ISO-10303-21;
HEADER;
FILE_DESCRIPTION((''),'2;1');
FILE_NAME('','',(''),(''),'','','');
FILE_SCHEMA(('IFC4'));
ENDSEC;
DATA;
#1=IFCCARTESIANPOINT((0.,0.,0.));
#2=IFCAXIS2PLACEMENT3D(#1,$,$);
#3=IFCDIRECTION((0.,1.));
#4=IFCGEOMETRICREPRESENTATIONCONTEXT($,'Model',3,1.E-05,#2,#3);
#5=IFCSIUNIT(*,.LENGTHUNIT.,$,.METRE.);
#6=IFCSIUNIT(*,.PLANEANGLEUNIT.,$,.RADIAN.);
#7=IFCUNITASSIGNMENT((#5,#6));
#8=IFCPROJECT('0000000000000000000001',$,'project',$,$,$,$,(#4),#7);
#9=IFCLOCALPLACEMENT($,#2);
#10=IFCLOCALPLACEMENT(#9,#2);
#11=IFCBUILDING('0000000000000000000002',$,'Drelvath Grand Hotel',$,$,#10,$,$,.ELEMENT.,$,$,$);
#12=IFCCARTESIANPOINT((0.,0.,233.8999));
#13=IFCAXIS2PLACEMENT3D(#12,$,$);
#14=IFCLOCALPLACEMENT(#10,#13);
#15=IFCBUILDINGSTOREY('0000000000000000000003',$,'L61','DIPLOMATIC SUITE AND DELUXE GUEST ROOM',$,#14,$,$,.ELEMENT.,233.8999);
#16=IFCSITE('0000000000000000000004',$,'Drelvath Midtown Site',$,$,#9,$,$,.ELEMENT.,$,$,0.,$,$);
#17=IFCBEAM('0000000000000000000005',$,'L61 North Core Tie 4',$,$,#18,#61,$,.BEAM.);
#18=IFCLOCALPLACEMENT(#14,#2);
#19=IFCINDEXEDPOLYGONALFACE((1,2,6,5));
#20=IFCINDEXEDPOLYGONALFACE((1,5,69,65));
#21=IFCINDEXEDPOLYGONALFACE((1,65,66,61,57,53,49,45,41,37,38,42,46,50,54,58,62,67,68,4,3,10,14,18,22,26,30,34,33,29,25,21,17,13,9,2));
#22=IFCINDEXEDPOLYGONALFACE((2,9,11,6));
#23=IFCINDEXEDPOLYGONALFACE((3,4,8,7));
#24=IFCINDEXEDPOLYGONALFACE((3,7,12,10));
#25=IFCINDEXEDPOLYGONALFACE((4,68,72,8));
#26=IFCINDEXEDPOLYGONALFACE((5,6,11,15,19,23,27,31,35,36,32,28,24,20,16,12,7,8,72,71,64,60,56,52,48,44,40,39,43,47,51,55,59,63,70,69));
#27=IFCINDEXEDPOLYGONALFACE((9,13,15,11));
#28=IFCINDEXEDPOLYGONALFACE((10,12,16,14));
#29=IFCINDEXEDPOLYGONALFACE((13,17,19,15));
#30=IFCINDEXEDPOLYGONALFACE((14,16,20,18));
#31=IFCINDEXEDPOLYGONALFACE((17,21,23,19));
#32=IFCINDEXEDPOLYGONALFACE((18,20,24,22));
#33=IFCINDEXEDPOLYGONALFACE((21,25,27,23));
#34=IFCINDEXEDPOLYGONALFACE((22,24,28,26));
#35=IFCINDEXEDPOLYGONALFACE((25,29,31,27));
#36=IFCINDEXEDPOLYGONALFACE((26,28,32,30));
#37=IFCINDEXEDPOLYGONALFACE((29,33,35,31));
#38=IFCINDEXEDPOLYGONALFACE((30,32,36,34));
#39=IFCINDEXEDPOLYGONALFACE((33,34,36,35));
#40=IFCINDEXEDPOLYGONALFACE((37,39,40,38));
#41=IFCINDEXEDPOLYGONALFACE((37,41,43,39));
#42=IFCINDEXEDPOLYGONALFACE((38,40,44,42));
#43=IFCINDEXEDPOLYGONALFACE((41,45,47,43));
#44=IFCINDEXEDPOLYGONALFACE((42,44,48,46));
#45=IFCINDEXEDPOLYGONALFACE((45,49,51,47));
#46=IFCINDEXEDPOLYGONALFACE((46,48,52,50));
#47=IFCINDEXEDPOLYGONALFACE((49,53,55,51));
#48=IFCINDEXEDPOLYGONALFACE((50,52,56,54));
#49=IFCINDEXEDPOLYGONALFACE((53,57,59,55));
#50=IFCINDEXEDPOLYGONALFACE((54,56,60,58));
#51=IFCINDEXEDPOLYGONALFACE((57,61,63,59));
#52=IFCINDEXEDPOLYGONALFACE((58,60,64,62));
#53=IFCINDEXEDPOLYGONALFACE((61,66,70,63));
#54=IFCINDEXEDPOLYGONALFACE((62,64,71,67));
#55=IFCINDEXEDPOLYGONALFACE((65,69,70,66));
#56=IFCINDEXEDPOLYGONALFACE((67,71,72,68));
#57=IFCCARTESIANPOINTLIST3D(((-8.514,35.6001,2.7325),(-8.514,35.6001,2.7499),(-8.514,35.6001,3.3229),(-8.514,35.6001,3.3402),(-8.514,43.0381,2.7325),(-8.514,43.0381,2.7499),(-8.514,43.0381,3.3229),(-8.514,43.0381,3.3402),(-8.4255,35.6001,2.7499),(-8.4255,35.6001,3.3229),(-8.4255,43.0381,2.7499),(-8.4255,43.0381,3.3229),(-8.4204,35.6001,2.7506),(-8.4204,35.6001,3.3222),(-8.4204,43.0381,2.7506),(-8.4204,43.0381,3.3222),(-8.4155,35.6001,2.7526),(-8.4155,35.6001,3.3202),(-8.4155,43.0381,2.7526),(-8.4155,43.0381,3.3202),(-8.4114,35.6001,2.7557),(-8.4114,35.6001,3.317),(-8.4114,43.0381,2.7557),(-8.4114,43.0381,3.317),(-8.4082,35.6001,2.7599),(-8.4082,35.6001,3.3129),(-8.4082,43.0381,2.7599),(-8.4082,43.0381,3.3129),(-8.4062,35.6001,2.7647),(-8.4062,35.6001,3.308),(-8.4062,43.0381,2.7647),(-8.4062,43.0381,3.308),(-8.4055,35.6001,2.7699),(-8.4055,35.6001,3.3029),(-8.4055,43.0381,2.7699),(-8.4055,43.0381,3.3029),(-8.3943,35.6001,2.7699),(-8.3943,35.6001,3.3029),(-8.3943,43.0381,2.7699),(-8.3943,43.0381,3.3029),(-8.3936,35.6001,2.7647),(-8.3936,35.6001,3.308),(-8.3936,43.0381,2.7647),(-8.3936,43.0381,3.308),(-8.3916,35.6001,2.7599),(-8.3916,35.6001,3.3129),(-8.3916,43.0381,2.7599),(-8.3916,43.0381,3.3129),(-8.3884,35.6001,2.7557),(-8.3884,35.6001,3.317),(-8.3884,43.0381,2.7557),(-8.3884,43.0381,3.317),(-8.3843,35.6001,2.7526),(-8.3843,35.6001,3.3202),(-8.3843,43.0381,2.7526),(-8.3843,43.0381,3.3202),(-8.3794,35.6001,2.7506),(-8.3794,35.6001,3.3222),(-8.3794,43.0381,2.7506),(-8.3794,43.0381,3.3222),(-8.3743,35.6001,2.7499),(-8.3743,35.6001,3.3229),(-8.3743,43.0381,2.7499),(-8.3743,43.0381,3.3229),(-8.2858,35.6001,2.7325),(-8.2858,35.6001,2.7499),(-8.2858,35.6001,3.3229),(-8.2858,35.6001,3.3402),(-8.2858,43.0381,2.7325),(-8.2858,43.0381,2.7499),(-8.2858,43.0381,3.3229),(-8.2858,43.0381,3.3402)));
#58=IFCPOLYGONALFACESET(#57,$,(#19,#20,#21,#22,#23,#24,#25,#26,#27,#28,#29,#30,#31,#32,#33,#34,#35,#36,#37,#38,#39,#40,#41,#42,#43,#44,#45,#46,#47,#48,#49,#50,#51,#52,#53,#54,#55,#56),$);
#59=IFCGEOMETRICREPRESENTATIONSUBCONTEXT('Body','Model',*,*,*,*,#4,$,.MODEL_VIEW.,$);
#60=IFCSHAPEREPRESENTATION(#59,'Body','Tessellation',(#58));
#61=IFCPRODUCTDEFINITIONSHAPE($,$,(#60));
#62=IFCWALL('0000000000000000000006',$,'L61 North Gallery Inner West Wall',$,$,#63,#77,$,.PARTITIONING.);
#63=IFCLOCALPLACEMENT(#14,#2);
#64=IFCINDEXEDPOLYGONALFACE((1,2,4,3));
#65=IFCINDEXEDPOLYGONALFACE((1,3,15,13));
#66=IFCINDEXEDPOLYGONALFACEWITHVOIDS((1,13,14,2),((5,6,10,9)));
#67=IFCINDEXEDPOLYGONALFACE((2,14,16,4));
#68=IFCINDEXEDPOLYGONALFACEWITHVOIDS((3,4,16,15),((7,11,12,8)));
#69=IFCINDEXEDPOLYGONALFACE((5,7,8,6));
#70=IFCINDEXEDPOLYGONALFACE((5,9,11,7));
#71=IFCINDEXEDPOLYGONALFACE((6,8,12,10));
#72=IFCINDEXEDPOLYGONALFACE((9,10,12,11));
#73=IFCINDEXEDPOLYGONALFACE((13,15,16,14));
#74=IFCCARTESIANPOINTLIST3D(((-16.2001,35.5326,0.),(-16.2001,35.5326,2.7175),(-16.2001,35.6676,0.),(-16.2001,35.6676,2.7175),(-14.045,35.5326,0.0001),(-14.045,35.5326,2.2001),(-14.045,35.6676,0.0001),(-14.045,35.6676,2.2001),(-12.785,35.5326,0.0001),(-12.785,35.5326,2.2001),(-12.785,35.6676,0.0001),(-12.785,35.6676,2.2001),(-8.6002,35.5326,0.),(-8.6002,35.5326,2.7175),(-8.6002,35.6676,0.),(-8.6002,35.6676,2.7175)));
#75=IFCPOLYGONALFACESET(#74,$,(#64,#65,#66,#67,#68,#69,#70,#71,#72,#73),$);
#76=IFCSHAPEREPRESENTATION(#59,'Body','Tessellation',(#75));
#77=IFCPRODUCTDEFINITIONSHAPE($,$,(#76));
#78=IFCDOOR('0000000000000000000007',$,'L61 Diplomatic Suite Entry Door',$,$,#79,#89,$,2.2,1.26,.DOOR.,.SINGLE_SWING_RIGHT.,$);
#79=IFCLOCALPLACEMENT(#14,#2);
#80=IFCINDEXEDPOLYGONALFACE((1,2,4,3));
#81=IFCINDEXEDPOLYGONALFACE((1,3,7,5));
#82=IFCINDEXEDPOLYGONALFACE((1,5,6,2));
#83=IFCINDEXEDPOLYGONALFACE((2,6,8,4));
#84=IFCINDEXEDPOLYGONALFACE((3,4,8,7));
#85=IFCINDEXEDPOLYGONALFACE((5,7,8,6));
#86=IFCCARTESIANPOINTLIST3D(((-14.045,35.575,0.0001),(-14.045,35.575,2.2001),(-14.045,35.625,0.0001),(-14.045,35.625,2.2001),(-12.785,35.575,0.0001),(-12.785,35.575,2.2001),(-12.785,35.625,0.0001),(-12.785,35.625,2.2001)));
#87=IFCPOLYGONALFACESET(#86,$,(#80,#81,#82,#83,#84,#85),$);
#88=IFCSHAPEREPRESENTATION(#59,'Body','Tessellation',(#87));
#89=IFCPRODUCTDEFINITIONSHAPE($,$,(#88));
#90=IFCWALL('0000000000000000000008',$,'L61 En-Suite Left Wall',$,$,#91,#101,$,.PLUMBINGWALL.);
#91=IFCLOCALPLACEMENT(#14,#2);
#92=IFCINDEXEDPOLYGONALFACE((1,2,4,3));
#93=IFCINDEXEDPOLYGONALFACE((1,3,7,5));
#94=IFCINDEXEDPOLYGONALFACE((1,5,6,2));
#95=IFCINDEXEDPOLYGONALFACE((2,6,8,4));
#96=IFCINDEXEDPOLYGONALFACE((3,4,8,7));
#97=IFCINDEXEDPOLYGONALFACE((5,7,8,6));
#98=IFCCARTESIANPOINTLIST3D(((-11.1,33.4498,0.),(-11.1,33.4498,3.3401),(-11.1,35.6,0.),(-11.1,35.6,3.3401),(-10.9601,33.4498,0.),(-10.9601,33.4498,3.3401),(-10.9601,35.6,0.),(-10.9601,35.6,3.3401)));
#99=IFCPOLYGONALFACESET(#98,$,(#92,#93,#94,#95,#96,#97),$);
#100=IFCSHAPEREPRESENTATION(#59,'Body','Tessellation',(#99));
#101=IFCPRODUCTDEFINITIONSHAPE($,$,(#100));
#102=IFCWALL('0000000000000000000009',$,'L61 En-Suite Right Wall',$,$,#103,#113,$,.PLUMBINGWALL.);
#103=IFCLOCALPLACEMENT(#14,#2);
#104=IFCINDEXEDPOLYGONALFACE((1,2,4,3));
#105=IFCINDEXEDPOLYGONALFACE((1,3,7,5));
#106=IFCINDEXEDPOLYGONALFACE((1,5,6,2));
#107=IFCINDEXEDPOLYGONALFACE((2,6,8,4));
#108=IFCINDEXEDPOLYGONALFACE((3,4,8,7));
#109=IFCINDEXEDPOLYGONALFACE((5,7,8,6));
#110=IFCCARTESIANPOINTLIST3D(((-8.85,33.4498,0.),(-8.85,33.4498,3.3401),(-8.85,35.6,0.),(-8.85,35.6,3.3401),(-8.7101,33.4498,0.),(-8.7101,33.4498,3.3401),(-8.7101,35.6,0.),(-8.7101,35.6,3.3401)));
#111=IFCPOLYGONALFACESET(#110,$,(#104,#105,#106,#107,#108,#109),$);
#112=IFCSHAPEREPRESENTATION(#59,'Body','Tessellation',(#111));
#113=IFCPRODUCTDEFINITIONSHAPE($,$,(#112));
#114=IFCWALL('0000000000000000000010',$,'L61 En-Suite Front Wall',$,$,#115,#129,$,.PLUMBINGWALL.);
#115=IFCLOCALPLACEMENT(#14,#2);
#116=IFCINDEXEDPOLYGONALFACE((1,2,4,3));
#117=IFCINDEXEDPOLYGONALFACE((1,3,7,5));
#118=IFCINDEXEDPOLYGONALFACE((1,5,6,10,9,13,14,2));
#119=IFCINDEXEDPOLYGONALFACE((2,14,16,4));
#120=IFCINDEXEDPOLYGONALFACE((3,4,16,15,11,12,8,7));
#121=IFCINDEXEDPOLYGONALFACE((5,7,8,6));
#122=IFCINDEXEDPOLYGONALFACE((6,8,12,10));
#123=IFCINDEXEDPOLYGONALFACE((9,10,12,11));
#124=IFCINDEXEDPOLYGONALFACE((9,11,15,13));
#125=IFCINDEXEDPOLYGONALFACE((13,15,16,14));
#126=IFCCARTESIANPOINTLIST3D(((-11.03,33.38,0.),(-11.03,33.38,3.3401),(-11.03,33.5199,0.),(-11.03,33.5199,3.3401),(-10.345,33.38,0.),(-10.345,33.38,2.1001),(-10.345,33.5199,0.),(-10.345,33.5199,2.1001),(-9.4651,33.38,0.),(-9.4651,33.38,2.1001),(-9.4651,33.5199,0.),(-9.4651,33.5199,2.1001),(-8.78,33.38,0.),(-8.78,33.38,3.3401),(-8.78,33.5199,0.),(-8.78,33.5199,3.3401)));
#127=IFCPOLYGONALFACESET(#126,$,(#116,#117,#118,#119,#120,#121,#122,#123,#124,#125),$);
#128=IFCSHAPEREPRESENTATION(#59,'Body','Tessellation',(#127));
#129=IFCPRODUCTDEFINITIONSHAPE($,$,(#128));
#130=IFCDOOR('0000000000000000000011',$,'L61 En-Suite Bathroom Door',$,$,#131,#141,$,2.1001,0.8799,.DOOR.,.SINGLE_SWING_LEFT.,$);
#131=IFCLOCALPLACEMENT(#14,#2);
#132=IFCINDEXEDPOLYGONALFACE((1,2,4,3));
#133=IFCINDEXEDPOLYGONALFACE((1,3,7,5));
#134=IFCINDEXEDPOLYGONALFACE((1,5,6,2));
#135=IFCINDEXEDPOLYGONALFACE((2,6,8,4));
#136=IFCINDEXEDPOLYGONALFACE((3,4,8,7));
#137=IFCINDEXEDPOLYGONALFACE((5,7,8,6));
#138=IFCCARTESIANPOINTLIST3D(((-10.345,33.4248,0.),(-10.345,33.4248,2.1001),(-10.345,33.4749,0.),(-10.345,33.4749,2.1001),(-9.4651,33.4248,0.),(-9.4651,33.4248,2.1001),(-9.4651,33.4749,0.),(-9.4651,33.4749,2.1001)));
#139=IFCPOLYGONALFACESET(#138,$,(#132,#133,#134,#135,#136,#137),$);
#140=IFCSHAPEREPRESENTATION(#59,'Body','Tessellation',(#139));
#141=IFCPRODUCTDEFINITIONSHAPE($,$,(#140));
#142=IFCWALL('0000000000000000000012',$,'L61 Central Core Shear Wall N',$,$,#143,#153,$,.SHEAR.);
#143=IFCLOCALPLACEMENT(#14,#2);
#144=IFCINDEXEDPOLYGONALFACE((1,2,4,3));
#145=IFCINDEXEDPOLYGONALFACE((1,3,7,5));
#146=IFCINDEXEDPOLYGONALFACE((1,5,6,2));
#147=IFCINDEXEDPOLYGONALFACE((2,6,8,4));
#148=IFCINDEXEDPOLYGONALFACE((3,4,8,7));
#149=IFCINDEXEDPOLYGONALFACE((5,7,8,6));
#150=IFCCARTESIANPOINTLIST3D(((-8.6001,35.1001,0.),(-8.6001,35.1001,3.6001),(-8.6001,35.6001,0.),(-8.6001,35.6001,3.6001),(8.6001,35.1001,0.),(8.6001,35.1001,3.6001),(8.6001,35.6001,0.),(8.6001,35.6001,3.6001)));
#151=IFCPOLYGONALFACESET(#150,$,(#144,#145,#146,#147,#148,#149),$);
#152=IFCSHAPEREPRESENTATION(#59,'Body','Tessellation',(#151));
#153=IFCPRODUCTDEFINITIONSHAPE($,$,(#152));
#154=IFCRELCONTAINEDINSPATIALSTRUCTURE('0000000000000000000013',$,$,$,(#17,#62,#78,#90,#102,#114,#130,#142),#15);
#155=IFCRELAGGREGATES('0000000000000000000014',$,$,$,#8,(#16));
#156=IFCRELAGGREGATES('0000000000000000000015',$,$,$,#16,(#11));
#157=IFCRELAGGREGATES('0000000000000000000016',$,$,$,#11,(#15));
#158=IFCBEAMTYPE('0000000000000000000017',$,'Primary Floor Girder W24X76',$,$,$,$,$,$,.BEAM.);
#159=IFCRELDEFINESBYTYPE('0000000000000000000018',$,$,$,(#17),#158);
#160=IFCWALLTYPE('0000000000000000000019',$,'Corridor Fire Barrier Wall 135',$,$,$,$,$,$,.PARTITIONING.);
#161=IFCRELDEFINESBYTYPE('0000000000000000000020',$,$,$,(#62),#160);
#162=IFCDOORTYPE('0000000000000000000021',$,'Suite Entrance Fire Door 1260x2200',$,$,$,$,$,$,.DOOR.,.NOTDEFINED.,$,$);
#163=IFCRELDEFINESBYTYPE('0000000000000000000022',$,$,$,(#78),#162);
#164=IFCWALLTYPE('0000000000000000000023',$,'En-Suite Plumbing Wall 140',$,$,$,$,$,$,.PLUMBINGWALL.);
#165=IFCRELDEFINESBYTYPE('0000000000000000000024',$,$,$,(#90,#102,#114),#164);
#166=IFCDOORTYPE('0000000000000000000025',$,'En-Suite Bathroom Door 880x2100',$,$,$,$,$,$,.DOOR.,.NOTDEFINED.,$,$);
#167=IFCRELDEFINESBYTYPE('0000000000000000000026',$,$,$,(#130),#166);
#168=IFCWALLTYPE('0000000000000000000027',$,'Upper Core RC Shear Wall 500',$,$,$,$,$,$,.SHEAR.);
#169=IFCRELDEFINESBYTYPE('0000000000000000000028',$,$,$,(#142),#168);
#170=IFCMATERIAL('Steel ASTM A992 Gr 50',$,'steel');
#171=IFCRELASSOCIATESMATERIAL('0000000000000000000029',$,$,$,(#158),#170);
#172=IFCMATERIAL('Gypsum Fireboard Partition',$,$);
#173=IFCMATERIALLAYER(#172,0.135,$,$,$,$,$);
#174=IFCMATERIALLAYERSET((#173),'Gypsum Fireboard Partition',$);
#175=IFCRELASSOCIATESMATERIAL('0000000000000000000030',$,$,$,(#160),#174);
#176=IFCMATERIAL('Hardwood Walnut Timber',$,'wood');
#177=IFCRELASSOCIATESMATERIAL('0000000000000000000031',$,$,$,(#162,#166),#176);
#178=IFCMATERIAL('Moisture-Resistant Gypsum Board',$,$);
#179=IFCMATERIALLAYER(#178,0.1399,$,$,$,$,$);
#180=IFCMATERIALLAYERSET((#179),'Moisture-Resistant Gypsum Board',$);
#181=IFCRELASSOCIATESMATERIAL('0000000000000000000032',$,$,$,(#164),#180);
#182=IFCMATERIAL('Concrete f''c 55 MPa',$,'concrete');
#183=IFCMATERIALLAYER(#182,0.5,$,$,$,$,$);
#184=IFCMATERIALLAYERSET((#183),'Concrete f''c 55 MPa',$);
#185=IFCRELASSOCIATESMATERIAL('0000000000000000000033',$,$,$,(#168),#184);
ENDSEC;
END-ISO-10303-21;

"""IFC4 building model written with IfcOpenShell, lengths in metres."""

from ifc_helpers import new_model, si_unit, direction, frame, frame_2d, origin, origin_2d, place, context, subcontext, project, spatial, rectangle, i_section, extrude, material, layer, layer_set, material_profile, profile_set, type_object, element, fill, save


model = new_model("IFC4")

# Units and contexts
model_context = context("Model", 3, precision=1e-05, world=origin(), true_north=direction((0.0, 1.0)))
body_context = subcontext(model_context, "Body", "Model", "MODEL_VIEW")
ifc_project = project(units=[si_unit("LENGTHUNIT", "METRE"), si_unit("PLANEANGLEUNIT", "RADIAN")], contexts=[model_context])

# Site, building, storey
site_placement = place(None, origin())
site = spatial("IfcSite", under=ifc_project, at=site_placement, Name="Drelvath Midtown Site", CompositionType="ELEMENT", RefElevation=0.0)
building_placement = place(site_placement, origin())
building = spatial("IfcBuilding", under=site, at=building_placement, Name="Drelvath Grand Hotel", CompositionType="ELEMENT")
storey_placement = place(building_placement, frame((0.0, 0.0, 233.8999)))
storey = spatial("IfcBuildingStorey", under=building, at=storey_placement, Name="L61", Description="DIPLOMATIC SUITE AND DELUXE GUEST ROOM", CompositionType="ELEMENT", Elevation=233.8999)

# Beam
ifc_material_1 = material(Name="Concrete f'c 55 MPa", Category="concrete")
ifc_material_2 = material(Name="Steel ASTM A992 Gr 50", Category="steel")
ifc_material_profile_1 = material_profile(ifc_material_2, i_section(OverallWidth=0.2283, OverallDepth=0.6077, WebThickness=0.0112, FlangeThickness=0.0173, FilletRadius=0.02, at=origin_2d()), Name="W24X76")
ifc_profile_set_1 = profile_set([ifc_material_profile_1], Name="Steel ASTM A992 Gr 50")
beam_type_1 = type_object("IfcBeamType", Name="Primary Floor Girder W24X76", PredefinedType="BEAM", material=ifc_profile_set_1)
for number, where, z_axis, x_axis, name in (
    (1, (-8.3999, 35.6001, 3.0364), (0.0, 1.0, 0.0), (-1.0, 0.0, 0.0), "L61 North Core Tie 4"),
):
    element("IfcBeam", number, at=place(storey_placement, frame(where, z_axis=z_axis, x_axis=x_axis)), inside=storey, type_object=beam_type_1, Name=name, PredefinedType="BEAM", context=body_context, shape_type="SweptSolid", body=[
        extrude(i_section(OverallWidth=0.2283, OverallDepth=0.6077, WebThickness=0.0112, FlangeThickness=0.0173, FilletRadius=0.02, at=origin_2d()), origin(), (0.0, 0.0, 1.0), 7.438),
    ])

# Wall, opening, door
ifc_material_3 = material(Name="Gypsum Fireboard Partition")
ifc_layer_1 = layer(ifc_material_3, 0.135)
ifc_layer_set_1 = layer_set([ifc_layer_1], Name="Gypsum Fireboard Partition")
wall_type_1 = type_object("IfcWallType", Name="Corridor Fire Barrier Wall 135", PredefinedType="PARTITIONING", material=ifc_layer_set_1)
wall_1_placement = place(storey_placement, frame((-16.2, 35.6001, 0.0), z_axis=(0.0, 0.0, 1.0), x_axis=(1.0, 0.0, 0.0)))
wall_1 = element("IfcWall", 2, at=wall_1_placement, inside=storey, type_object=wall_type_1, Name="L61 North Gallery Inner West Wall", PredefinedType="PARTITIONING", context=body_context, shape_type="SweptSolid", body=[
    extrude(rectangle(XDim=7.5999, YDim=0.135, at=frame_2d((3.7998, 0.0))), origin(), (0.0, 0.0, 1.0), 2.7175),
])
opening_1_placement = place(wall_1_placement, frame((2.155, 0.0, 0.0)))
opening_1 = element("IfcOpeningElement", 3, at=opening_1_placement, cuts=wall_1, PredefinedType="OPENING", context=body_context, shape_type="SweptSolid", body=[
    extrude(rectangle(XDim=1.26, YDim=2.2, at=frame_2d((0.6299, 1.1001))), frame((0.0, 0.0774, 0.0), z_axis=(0.0, -1.0, 0.0), x_axis=(1.0, 0.0, 0.0)), (0.0, 0.0, 1.0), 0.155),
])
ifc_material_4 = material(Name="Hardwood Walnut Timber", Category="wood")
door_type_1 = type_object("IfcDoorType", Name="Suite Entrance Fire Door 1260x2200", OperationType="NOTDEFINED", PredefinedType="DOOR", material=ifc_material_4)
door_1_placement = place(opening_1_placement, origin())
door_1 = element("IfcDoor", 4, at=door_1_placement, inside=storey, type_object=door_type_1, Name="L61 Diplomatic Suite Entry Door", OperationType="SINGLE_SWING_RIGHT", OverallHeight=2.2, OverallWidth=1.26, PredefinedType="DOOR", context=body_context, shape_type="SweptSolid", body=[
    extrude(rectangle(XDim=1.26, YDim=2.2, at=frame_2d((0.6299, 1.1001))), frame((0.0, 0.0249, 0.0), z_axis=(0.0, -1.0, 0.0), x_axis=(1.0, 0.0, 0.0)), (0.0, 0.0, 1.0), 0.05),
])
fill(opening_1, door_1)

# Walls
ifc_material_5 = material(Name="Moisture-Resistant Gypsum Board")
ifc_layer_2 = layer(ifc_material_5, 0.1399)
ifc_layer_set_2 = layer_set([ifc_layer_2], Name="Moisture-Resistant Gypsum Board")
wall_type_2 = type_object("IfcWallType", Name="En-Suite Plumbing Wall 140", PredefinedType="PLUMBINGWALL", material=ifc_layer_set_2)
for number, where, z_axis, x_axis, name in (
    (5, (-11.03, 35.6001, 0.0), (0.0, 0.0, 1.0), (0.0, -1.0, 0.0), "L61 En-Suite Left Wall"),
    (6, (-8.78, 35.6001, 0.0), (0.0, 0.0, 1.0), (0.0, -1.0, 0.0), "L61 En-Suite Right Wall"),
):
    element("IfcWall", number, at=place(storey_placement, frame(where, z_axis=z_axis, x_axis=x_axis)), inside=storey, type_object=wall_type_2, Name=name, PredefinedType="PLUMBINGWALL", context=body_context, shape_type="SweptSolid", body=[
        extrude(rectangle(XDim=2.1501, YDim=0.1399, at=frame_2d((1.0752, 0.0))), origin(), (0.0, 0.0, 1.0), 3.3401),
    ])

# Wall, opening, door
wall_2_placement = place(storey_placement, frame((-11.03, 33.45, 0.0), z_axis=(0.0, 0.0, 1.0), x_axis=(1.0, 0.0, 0.0)))
wall_2 = element("IfcWall", 7, at=wall_2_placement, inside=storey, type_object=wall_type_2, Name="L61 En-Suite Front Wall", PredefinedType="PLUMBINGWALL", context=body_context, shape_type="SweptSolid", body=[
    extrude(rectangle(XDim=2.25, YDim=0.1399, at=frame_2d((1.125, 0.0))), origin(), (0.0, 0.0, 1.0), 3.3401),
])
opening_2_placement = place(wall_2_placement, frame((0.6851, 0.0, 0.0)))
opening_2 = element("IfcOpeningElement", 8, at=opening_2_placement, cuts=wall_2, PredefinedType="OPENING", context=body_context, shape_type="SweptSolid", body=[
    extrude(rectangle(XDim=0.8799, YDim=2.1001, at=frame_2d((0.4399, 1.05))), frame((0.0, 0.0798, 0.0), z_axis=(0.0, -1.0, 0.0), x_axis=(1.0, 0.0, 0.0)), (0.0, 0.0, 1.0), 0.1599),
])
door_type_2 = type_object("IfcDoorType", Name="En-Suite Bathroom Door 880x2100", OperationType="NOTDEFINED", PredefinedType="DOOR", material=ifc_material_4)
door_2_placement = place(opening_2_placement, origin())
door_2 = element("IfcDoor", 9, at=door_2_placement, inside=storey, type_object=door_type_2, Name="L61 En-Suite Bathroom Door", OperationType="SINGLE_SWING_LEFT", OverallHeight=2.1001, OverallWidth=0.8799, PredefinedType="DOOR", context=body_context, shape_type="SweptSolid", body=[
    extrude(rectangle(XDim=0.8799, YDim=2.1001, at=frame_2d((0.4399, 1.05))), frame((0.0, 0.0249, 0.0), z_axis=(0.0, -1.0, 0.0), x_axis=(1.0, 0.0, 0.0)), (0.0, 0.0, 1.0), 0.05),
])
fill(opening_2, door_2)

# Wall
ifc_layer_3 = layer(ifc_material_1, 0.5)
ifc_layer_set_3 = layer_set([ifc_layer_3], Name="Concrete f'c 55 MPa")
wall_type_3 = type_object("IfcWallType", Name="Upper Core RC Shear Wall 500", PredefinedType="SHEAR", material=ifc_layer_set_3)
wall_3_placement = place(storey_placement, frame((-8.6001, 35.3501, 0.0), z_axis=(0.0, 0.0, 1.0), x_axis=(1.0, 0.0, 0.0)))
element("IfcWall", 10, at=wall_3_placement, inside=storey, type_object=wall_type_3, Name="L61 Central Core Shear Wall N", PredefinedType="SHEAR", context=body_context, shape_type="SweptSolid", body=[
    extrude(rectangle(XDim=17.2002, YDim=0.5, at=frame_2d((8.6001, 0.0))), origin(), (0.0, 0.0, 1.0), 3.6001),
])

save(model, "model.ifc")
